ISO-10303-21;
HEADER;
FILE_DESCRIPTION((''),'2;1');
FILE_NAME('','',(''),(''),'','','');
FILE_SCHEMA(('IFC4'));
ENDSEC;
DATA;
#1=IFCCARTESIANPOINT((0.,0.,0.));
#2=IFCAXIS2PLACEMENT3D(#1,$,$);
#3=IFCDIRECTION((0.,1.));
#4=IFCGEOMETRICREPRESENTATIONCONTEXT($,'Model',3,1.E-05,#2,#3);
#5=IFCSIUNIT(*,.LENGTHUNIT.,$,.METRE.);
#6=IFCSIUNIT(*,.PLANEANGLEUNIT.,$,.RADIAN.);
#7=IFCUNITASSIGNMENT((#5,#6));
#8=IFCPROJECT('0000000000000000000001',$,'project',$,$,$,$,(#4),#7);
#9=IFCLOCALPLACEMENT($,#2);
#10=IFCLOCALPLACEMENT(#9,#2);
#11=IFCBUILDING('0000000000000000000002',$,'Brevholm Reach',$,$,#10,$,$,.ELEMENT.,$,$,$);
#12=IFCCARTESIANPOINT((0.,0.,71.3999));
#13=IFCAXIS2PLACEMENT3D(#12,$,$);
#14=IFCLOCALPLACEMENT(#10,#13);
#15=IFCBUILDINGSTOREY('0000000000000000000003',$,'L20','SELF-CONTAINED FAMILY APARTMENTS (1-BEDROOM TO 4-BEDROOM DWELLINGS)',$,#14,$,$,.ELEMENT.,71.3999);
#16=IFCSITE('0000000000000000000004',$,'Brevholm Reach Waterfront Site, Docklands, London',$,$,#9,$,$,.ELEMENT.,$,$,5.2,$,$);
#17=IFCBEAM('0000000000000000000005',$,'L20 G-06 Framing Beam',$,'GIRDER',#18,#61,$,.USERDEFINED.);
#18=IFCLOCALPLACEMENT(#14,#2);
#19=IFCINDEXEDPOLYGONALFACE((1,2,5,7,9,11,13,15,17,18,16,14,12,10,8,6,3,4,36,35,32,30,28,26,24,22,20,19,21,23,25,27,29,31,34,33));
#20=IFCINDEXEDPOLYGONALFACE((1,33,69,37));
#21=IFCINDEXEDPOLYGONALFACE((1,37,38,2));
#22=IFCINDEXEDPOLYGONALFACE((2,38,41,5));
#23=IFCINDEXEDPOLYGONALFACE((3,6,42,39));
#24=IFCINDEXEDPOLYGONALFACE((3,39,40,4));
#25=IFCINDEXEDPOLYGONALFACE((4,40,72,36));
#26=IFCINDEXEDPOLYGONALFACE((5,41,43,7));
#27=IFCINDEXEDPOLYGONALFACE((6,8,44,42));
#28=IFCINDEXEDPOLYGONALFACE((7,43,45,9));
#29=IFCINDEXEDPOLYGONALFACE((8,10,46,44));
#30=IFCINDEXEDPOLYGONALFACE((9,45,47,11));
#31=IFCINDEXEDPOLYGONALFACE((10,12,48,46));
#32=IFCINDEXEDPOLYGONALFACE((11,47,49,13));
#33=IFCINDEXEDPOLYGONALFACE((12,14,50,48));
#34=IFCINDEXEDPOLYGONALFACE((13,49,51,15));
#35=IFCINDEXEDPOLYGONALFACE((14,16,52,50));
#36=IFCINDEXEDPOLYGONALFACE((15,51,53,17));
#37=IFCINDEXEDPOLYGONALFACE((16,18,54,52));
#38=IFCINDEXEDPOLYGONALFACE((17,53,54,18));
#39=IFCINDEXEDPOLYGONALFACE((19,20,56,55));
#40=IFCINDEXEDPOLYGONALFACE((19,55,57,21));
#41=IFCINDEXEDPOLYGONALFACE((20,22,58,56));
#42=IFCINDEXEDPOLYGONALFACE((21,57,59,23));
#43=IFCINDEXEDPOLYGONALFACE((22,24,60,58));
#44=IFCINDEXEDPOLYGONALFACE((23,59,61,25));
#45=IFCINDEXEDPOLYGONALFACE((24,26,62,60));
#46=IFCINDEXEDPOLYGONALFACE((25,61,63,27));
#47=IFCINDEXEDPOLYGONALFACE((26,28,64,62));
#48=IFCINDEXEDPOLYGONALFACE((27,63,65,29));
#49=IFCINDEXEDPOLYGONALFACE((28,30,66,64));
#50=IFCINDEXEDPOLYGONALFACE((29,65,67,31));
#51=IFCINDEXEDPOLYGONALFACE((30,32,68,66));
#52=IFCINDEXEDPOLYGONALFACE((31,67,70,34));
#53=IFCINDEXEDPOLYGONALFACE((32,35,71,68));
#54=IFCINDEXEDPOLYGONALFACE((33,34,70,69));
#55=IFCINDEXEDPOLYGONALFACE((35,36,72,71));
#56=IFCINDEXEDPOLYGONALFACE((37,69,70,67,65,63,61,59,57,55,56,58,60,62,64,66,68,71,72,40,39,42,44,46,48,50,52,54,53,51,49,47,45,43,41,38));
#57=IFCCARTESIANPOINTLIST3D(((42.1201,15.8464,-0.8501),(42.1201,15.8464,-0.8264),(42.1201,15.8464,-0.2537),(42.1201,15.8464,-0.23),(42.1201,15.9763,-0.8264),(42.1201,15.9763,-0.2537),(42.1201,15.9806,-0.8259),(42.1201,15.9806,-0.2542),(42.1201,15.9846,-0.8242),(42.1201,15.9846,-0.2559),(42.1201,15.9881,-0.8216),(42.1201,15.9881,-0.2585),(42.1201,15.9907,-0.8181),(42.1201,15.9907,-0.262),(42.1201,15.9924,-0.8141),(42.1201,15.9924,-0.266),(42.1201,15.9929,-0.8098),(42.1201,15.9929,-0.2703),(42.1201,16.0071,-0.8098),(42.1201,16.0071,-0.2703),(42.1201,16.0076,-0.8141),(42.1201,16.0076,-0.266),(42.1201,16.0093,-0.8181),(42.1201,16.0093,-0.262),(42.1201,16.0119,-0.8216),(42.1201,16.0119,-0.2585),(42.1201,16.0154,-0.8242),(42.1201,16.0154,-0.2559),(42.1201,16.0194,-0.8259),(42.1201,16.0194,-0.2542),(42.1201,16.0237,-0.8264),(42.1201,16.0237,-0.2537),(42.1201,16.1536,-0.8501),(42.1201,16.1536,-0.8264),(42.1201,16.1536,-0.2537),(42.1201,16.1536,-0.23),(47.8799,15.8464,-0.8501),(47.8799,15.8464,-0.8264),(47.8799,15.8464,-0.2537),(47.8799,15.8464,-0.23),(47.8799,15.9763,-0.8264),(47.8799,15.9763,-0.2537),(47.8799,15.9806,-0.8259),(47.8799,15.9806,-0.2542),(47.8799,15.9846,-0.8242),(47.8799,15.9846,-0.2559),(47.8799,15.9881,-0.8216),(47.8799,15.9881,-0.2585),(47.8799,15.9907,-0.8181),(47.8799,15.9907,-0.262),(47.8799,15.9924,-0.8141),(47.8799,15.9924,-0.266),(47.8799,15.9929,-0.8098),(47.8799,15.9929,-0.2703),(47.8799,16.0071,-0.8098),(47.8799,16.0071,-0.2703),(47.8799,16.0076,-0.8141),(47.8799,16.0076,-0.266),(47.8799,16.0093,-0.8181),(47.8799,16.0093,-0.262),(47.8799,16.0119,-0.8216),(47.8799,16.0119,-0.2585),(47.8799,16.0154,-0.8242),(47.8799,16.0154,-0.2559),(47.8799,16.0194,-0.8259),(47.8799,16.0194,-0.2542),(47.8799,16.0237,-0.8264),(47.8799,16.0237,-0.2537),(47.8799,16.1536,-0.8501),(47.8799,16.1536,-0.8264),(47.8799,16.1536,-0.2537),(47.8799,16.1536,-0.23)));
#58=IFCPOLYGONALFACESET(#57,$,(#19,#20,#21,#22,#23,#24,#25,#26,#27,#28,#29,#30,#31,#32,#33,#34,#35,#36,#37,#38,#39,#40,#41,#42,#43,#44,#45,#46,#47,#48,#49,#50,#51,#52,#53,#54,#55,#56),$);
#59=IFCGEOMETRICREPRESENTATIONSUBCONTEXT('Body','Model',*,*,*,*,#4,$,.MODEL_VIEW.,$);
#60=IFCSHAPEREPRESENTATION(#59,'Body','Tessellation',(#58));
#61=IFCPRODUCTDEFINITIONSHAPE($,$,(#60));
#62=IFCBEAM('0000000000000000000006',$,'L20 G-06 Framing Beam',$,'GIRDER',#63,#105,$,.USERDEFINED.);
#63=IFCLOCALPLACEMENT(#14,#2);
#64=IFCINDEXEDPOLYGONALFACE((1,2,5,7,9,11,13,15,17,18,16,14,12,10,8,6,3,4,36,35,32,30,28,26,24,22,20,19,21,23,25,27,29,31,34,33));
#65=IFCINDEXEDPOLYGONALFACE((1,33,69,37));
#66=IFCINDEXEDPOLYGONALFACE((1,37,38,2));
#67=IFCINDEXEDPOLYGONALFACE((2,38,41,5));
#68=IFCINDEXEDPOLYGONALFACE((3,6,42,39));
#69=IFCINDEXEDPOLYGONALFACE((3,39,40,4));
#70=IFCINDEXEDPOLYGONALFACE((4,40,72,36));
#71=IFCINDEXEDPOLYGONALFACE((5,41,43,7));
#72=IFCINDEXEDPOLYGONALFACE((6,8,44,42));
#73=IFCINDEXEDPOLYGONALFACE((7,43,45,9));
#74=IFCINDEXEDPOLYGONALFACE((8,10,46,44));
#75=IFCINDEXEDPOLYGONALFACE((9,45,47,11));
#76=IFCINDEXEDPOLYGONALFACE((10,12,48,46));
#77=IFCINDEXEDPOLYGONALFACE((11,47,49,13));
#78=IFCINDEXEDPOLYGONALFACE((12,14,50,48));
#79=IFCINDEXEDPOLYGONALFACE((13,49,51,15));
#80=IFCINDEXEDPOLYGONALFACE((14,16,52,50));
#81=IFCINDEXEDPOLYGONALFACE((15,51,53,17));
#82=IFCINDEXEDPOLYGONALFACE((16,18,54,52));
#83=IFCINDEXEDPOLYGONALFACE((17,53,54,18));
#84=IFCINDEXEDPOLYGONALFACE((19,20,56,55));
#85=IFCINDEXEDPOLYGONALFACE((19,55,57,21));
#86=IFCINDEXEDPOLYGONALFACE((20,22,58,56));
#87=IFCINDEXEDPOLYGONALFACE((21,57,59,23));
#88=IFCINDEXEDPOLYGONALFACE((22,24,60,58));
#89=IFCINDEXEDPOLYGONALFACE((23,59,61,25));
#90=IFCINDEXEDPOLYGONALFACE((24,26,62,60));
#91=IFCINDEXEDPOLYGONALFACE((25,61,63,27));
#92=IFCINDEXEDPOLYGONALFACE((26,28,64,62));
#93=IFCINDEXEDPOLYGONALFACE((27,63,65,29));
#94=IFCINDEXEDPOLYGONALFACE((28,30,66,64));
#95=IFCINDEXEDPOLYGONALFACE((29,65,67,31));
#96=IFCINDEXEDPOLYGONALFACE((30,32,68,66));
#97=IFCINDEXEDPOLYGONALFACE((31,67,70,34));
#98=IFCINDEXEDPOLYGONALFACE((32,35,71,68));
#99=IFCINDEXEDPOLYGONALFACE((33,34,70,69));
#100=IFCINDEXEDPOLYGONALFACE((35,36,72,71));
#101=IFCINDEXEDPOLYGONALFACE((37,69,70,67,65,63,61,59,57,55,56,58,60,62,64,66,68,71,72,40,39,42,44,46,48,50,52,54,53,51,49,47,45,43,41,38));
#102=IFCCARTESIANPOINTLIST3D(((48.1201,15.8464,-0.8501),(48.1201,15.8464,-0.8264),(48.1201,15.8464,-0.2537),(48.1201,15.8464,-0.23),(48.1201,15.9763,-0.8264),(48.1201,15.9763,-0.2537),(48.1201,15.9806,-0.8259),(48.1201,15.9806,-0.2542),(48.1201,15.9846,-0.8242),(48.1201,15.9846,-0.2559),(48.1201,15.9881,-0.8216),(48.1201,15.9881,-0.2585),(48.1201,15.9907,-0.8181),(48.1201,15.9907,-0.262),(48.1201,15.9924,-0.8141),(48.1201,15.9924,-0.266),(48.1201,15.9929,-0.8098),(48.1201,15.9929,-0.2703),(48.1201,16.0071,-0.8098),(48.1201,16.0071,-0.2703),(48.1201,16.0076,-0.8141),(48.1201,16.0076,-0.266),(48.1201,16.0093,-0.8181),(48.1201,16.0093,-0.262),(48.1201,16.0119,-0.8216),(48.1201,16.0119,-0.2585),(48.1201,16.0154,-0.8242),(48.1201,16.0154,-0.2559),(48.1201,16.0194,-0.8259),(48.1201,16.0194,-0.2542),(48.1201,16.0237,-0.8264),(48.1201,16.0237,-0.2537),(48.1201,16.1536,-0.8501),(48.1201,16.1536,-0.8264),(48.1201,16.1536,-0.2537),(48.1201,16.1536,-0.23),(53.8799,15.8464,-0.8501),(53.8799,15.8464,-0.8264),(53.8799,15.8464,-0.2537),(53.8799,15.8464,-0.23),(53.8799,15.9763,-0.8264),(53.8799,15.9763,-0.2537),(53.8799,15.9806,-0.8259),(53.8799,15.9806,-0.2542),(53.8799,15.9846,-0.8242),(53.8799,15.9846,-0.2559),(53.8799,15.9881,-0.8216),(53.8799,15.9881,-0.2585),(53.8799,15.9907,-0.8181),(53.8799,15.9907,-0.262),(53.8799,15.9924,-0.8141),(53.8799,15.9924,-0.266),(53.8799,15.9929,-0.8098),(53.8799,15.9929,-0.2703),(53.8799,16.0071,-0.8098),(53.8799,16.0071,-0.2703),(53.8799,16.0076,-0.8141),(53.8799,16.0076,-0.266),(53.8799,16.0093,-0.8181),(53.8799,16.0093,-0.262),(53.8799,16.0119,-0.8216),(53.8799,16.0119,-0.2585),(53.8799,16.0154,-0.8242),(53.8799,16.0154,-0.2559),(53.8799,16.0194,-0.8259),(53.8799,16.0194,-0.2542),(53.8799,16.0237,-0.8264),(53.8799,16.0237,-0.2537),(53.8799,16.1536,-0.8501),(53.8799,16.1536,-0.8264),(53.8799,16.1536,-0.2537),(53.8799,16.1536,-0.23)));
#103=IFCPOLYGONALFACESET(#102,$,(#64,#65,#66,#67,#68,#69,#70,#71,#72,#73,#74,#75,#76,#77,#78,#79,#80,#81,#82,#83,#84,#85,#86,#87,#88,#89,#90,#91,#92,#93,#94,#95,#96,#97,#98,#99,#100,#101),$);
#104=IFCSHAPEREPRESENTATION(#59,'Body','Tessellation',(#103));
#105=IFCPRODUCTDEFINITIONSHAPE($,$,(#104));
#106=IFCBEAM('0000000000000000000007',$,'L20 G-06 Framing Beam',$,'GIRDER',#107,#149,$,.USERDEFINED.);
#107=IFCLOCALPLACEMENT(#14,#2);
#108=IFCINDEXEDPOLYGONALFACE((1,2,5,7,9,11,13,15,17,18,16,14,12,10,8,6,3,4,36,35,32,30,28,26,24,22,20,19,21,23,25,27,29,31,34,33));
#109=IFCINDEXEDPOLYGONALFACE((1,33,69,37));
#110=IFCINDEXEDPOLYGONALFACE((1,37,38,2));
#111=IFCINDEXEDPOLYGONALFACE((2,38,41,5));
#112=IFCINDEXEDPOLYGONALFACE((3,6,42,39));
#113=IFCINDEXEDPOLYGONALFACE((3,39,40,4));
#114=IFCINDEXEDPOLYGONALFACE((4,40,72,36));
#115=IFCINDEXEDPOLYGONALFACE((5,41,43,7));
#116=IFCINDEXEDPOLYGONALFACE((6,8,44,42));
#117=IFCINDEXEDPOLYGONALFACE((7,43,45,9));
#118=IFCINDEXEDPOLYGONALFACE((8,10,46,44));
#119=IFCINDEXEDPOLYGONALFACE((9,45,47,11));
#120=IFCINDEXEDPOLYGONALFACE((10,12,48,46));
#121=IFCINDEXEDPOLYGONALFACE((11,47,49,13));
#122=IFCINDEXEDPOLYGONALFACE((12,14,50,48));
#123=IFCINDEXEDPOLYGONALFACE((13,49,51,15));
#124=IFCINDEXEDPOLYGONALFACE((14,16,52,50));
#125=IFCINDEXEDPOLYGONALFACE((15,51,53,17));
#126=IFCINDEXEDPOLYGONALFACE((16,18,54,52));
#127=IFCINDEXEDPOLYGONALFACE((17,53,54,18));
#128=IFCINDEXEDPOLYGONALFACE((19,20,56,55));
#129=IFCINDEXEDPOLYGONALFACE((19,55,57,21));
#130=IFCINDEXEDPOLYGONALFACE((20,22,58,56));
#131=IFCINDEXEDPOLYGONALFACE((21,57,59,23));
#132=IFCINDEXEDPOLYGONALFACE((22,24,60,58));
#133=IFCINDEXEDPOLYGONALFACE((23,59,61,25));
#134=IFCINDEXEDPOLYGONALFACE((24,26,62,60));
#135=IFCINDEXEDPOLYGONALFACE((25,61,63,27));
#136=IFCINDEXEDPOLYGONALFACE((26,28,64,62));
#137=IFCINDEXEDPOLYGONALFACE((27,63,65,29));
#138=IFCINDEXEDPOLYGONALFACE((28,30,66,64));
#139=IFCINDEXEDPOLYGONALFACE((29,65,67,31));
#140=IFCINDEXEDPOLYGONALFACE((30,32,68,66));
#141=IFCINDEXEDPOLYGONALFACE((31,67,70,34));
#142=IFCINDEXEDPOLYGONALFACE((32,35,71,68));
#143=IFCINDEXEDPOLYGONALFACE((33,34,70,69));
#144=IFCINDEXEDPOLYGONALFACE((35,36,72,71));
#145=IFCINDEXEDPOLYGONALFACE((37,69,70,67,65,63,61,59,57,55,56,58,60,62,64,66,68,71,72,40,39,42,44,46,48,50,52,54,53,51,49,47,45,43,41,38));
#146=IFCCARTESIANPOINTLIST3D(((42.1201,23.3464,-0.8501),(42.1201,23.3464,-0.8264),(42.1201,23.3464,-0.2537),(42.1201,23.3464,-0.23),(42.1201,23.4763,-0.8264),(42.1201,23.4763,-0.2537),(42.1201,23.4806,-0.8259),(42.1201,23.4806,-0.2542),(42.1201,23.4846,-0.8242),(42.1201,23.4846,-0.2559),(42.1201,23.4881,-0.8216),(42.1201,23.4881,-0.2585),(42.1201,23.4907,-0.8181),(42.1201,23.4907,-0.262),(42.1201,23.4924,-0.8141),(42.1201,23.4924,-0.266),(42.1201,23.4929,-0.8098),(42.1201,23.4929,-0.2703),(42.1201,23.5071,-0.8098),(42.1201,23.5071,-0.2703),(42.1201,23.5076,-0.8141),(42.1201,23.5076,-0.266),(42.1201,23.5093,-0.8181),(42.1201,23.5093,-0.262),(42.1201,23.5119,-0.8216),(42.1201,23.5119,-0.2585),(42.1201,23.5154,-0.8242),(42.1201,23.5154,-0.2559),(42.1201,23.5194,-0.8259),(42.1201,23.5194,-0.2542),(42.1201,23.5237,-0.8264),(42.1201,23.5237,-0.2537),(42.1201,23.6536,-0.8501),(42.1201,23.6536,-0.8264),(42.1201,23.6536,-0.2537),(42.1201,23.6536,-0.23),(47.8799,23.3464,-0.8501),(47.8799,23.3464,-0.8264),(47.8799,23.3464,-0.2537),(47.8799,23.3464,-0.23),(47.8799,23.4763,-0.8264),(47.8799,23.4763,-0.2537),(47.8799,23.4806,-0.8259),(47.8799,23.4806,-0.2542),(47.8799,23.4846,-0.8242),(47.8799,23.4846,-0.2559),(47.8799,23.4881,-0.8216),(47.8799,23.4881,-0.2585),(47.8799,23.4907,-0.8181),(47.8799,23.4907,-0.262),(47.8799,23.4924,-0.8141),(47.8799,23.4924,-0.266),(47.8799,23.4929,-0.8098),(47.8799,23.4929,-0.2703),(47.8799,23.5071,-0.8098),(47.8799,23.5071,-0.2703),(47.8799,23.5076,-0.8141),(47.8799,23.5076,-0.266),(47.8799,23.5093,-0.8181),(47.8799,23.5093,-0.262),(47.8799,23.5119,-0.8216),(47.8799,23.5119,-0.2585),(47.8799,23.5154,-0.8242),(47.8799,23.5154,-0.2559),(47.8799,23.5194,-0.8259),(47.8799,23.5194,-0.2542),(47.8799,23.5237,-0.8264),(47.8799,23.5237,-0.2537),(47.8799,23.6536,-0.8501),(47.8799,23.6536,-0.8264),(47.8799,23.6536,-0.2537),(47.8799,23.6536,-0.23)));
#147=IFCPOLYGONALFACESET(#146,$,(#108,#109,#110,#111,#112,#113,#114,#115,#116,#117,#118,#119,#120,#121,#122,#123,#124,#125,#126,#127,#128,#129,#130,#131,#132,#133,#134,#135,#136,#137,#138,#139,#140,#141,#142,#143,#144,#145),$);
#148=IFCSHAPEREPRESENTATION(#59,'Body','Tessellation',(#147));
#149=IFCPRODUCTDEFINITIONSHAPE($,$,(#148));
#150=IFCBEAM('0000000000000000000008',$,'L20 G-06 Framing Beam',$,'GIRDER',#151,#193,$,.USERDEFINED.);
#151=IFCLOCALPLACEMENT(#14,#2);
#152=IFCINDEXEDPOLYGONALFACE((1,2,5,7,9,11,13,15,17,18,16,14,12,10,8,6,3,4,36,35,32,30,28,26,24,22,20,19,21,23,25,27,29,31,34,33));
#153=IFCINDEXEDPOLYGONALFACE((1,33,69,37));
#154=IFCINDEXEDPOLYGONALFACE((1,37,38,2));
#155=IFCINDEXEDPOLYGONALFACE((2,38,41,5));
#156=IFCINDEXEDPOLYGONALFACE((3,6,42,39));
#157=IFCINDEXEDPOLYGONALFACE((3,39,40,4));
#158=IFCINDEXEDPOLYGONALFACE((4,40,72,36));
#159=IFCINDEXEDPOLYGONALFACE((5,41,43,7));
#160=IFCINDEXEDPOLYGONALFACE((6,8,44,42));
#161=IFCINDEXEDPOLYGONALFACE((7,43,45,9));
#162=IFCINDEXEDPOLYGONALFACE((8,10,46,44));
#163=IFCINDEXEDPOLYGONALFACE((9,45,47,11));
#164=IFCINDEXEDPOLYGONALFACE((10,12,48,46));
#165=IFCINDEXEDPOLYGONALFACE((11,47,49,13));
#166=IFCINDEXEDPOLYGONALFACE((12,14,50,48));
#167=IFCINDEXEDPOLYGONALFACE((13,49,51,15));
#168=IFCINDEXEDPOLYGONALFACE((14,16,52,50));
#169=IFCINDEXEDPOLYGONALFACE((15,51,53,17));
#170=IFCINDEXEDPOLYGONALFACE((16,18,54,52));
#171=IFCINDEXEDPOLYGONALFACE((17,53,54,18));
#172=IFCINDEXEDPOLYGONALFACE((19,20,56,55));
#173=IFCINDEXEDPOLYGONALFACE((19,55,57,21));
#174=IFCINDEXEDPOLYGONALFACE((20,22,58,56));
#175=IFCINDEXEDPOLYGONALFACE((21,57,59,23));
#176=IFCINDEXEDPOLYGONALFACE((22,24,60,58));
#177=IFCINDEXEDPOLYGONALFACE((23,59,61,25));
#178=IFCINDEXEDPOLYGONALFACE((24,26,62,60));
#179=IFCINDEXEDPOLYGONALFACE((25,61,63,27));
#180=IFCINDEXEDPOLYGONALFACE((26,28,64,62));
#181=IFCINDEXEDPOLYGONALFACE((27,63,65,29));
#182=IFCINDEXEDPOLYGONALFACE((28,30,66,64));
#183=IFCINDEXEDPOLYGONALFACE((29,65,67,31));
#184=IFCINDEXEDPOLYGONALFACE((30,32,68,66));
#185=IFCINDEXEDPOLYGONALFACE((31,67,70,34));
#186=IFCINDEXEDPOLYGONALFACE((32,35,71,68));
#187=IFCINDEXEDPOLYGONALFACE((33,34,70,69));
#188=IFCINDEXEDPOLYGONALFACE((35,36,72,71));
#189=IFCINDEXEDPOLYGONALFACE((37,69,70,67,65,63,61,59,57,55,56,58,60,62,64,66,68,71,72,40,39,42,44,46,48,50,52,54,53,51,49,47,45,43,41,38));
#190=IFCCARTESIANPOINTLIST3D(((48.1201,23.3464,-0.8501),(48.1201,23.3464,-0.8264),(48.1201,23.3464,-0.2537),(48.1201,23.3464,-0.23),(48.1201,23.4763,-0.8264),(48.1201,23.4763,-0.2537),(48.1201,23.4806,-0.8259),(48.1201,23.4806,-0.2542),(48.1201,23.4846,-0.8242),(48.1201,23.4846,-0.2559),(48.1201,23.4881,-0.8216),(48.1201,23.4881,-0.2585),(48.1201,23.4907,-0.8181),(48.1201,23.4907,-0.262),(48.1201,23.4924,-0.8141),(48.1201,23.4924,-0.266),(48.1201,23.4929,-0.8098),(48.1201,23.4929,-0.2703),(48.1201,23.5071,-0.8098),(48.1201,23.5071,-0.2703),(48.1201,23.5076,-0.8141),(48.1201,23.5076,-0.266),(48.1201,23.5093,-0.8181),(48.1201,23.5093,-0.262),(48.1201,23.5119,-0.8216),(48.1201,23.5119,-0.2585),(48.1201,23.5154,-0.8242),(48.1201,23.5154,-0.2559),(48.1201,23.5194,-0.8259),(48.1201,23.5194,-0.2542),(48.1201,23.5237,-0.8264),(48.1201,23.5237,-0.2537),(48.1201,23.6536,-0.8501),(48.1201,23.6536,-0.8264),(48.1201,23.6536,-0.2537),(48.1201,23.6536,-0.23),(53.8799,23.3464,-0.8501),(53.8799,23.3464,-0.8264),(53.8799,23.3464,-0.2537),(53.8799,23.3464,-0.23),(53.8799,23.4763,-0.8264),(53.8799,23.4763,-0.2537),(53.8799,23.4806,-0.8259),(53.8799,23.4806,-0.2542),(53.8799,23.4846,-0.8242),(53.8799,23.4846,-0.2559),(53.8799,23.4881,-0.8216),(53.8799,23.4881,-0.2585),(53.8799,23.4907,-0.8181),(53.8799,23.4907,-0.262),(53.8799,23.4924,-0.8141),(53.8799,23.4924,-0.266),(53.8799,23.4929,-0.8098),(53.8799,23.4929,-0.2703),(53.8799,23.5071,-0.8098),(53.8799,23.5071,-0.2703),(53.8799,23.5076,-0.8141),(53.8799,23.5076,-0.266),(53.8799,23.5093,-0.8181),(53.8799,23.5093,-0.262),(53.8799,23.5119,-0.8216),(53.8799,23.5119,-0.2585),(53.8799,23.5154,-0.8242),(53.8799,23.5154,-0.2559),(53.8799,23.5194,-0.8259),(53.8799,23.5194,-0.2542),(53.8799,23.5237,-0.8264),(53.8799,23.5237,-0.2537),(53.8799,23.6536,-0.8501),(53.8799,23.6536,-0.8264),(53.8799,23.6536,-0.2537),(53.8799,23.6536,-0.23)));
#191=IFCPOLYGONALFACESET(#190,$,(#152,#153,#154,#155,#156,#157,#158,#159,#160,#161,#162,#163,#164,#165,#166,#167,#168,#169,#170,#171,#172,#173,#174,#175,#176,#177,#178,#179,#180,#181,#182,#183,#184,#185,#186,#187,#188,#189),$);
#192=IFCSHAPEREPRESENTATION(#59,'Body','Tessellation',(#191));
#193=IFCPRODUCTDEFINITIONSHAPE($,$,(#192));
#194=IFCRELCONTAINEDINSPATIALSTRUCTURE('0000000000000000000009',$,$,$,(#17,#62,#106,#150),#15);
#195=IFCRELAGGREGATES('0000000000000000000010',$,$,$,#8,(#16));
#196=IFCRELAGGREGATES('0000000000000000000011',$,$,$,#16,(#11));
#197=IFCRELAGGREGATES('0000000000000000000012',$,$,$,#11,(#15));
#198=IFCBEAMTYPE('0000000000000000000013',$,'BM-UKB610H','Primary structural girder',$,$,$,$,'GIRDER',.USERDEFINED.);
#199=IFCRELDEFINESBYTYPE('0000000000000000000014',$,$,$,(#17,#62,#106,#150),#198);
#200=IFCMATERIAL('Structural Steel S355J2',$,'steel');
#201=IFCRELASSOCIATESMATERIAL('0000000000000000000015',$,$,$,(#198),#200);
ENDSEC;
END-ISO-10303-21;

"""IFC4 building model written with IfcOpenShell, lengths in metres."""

from ifc_helpers import new_model, si_unit, direction, frame, origin, origin_2d, place, context, subcontext, project, spatial, i_section, extrude, material, material_profile, profile_set, type_object, element, save


model = new_model("IFC4")

# Units and contexts
model_context = context("Model", 3, precision=1e-05, world=origin(), true_north=direction((0.0, 1.0)))
body_context = subcontext(model_context, "Body", "Model", "MODEL_VIEW")
ifc_project = project(units=[si_unit("LENGTHUNIT", "METRE"), si_unit("PLANEANGLEUNIT", "RADIAN")], contexts=[model_context])

# Site, building, storey
site_placement = place(None, origin())
site = spatial("IfcSite", under=ifc_project, at=site_placement, Name="Brevholm Reach Waterfront Site, Docklands, London", CompositionType="ELEMENT", RefElevation=5.2)
building_placement = place(site_placement, origin())
building = spatial("IfcBuilding", under=site, at=building_placement, Name="Brevholm Reach", CompositionType="ELEMENT")
storey_placement = place(building_placement, frame((0.0, 0.0, 71.3999)))
storey = spatial("IfcBuildingStorey", under=building, at=storey_placement, Name="L20", Description="SELF-CONTAINED FAMILY APARTMENTS (1-BEDROOM TO 4-BEDROOM DWELLINGS)", CompositionType="ELEMENT", Elevation=71.3999)

# Beams
ifc_material_1 = material(Name="Structural Steel S355J2", Category="steel")
ifc_material_profile_1 = material_profile(ifc_material_1, i_section(OverallWidth=0.3071, OverallDepth=0.6201, WebThickness=0.0142, FlangeThickness=0.0237, FilletRadius=0.0166, at=origin_2d()), Name="UKB 610x305x179")
ifc_profile_set_1 = profile_set([ifc_material_profile_1], Name="Structural Steel S355J2")
beam_type_1 = type_object("IfcBeamType", Name="BM-UKB610H", Description="Primary structural girder", ElementType="GIRDER", PredefinedType="USERDEFINED", material=ifc_profile_set_1)
for number, where, z_axis, x_axis, name in (
    (1, (42.1201, 16.0, -0.54), (1.0, 0.0, 0.0), (0.0, 1.0, 0.0), "L20 G-06 Framing Beam"),
    (2, (48.1201, 16.0, -0.54), (1.0, 0.0, 0.0), (0.0, 1.0, 0.0), "L20 G-06 Framing Beam"),
    (3, (42.1201, 23.5, -0.54), (1.0, 0.0, 0.0), (0.0, 1.0, 0.0), "L20 G-06 Framing Beam"),
    (4, (48.1201, 23.5, -0.54), (1.0, 0.0, 0.0), (0.0, 1.0, 0.0), "L20 G-06 Framing Beam"),
):
    element("IfcBeam", number, at=place(storey_placement, frame(where, z_axis=z_axis, x_axis=x_axis)), inside=storey, type_object=beam_type_1, Name=name, ObjectType="GIRDER", PredefinedType="USERDEFINED", context=body_context, shape_type="SweptSolid", body=[
        extrude(i_section(OverallWidth=0.3071, OverallDepth=0.6201, WebThickness=0.0142, FlangeThickness=0.0237, FilletRadius=0.0166, at=origin_2d()), origin(), (0.0, 0.0, 1.0), 5.7598),
    ])

save(model, "model.ifc")
